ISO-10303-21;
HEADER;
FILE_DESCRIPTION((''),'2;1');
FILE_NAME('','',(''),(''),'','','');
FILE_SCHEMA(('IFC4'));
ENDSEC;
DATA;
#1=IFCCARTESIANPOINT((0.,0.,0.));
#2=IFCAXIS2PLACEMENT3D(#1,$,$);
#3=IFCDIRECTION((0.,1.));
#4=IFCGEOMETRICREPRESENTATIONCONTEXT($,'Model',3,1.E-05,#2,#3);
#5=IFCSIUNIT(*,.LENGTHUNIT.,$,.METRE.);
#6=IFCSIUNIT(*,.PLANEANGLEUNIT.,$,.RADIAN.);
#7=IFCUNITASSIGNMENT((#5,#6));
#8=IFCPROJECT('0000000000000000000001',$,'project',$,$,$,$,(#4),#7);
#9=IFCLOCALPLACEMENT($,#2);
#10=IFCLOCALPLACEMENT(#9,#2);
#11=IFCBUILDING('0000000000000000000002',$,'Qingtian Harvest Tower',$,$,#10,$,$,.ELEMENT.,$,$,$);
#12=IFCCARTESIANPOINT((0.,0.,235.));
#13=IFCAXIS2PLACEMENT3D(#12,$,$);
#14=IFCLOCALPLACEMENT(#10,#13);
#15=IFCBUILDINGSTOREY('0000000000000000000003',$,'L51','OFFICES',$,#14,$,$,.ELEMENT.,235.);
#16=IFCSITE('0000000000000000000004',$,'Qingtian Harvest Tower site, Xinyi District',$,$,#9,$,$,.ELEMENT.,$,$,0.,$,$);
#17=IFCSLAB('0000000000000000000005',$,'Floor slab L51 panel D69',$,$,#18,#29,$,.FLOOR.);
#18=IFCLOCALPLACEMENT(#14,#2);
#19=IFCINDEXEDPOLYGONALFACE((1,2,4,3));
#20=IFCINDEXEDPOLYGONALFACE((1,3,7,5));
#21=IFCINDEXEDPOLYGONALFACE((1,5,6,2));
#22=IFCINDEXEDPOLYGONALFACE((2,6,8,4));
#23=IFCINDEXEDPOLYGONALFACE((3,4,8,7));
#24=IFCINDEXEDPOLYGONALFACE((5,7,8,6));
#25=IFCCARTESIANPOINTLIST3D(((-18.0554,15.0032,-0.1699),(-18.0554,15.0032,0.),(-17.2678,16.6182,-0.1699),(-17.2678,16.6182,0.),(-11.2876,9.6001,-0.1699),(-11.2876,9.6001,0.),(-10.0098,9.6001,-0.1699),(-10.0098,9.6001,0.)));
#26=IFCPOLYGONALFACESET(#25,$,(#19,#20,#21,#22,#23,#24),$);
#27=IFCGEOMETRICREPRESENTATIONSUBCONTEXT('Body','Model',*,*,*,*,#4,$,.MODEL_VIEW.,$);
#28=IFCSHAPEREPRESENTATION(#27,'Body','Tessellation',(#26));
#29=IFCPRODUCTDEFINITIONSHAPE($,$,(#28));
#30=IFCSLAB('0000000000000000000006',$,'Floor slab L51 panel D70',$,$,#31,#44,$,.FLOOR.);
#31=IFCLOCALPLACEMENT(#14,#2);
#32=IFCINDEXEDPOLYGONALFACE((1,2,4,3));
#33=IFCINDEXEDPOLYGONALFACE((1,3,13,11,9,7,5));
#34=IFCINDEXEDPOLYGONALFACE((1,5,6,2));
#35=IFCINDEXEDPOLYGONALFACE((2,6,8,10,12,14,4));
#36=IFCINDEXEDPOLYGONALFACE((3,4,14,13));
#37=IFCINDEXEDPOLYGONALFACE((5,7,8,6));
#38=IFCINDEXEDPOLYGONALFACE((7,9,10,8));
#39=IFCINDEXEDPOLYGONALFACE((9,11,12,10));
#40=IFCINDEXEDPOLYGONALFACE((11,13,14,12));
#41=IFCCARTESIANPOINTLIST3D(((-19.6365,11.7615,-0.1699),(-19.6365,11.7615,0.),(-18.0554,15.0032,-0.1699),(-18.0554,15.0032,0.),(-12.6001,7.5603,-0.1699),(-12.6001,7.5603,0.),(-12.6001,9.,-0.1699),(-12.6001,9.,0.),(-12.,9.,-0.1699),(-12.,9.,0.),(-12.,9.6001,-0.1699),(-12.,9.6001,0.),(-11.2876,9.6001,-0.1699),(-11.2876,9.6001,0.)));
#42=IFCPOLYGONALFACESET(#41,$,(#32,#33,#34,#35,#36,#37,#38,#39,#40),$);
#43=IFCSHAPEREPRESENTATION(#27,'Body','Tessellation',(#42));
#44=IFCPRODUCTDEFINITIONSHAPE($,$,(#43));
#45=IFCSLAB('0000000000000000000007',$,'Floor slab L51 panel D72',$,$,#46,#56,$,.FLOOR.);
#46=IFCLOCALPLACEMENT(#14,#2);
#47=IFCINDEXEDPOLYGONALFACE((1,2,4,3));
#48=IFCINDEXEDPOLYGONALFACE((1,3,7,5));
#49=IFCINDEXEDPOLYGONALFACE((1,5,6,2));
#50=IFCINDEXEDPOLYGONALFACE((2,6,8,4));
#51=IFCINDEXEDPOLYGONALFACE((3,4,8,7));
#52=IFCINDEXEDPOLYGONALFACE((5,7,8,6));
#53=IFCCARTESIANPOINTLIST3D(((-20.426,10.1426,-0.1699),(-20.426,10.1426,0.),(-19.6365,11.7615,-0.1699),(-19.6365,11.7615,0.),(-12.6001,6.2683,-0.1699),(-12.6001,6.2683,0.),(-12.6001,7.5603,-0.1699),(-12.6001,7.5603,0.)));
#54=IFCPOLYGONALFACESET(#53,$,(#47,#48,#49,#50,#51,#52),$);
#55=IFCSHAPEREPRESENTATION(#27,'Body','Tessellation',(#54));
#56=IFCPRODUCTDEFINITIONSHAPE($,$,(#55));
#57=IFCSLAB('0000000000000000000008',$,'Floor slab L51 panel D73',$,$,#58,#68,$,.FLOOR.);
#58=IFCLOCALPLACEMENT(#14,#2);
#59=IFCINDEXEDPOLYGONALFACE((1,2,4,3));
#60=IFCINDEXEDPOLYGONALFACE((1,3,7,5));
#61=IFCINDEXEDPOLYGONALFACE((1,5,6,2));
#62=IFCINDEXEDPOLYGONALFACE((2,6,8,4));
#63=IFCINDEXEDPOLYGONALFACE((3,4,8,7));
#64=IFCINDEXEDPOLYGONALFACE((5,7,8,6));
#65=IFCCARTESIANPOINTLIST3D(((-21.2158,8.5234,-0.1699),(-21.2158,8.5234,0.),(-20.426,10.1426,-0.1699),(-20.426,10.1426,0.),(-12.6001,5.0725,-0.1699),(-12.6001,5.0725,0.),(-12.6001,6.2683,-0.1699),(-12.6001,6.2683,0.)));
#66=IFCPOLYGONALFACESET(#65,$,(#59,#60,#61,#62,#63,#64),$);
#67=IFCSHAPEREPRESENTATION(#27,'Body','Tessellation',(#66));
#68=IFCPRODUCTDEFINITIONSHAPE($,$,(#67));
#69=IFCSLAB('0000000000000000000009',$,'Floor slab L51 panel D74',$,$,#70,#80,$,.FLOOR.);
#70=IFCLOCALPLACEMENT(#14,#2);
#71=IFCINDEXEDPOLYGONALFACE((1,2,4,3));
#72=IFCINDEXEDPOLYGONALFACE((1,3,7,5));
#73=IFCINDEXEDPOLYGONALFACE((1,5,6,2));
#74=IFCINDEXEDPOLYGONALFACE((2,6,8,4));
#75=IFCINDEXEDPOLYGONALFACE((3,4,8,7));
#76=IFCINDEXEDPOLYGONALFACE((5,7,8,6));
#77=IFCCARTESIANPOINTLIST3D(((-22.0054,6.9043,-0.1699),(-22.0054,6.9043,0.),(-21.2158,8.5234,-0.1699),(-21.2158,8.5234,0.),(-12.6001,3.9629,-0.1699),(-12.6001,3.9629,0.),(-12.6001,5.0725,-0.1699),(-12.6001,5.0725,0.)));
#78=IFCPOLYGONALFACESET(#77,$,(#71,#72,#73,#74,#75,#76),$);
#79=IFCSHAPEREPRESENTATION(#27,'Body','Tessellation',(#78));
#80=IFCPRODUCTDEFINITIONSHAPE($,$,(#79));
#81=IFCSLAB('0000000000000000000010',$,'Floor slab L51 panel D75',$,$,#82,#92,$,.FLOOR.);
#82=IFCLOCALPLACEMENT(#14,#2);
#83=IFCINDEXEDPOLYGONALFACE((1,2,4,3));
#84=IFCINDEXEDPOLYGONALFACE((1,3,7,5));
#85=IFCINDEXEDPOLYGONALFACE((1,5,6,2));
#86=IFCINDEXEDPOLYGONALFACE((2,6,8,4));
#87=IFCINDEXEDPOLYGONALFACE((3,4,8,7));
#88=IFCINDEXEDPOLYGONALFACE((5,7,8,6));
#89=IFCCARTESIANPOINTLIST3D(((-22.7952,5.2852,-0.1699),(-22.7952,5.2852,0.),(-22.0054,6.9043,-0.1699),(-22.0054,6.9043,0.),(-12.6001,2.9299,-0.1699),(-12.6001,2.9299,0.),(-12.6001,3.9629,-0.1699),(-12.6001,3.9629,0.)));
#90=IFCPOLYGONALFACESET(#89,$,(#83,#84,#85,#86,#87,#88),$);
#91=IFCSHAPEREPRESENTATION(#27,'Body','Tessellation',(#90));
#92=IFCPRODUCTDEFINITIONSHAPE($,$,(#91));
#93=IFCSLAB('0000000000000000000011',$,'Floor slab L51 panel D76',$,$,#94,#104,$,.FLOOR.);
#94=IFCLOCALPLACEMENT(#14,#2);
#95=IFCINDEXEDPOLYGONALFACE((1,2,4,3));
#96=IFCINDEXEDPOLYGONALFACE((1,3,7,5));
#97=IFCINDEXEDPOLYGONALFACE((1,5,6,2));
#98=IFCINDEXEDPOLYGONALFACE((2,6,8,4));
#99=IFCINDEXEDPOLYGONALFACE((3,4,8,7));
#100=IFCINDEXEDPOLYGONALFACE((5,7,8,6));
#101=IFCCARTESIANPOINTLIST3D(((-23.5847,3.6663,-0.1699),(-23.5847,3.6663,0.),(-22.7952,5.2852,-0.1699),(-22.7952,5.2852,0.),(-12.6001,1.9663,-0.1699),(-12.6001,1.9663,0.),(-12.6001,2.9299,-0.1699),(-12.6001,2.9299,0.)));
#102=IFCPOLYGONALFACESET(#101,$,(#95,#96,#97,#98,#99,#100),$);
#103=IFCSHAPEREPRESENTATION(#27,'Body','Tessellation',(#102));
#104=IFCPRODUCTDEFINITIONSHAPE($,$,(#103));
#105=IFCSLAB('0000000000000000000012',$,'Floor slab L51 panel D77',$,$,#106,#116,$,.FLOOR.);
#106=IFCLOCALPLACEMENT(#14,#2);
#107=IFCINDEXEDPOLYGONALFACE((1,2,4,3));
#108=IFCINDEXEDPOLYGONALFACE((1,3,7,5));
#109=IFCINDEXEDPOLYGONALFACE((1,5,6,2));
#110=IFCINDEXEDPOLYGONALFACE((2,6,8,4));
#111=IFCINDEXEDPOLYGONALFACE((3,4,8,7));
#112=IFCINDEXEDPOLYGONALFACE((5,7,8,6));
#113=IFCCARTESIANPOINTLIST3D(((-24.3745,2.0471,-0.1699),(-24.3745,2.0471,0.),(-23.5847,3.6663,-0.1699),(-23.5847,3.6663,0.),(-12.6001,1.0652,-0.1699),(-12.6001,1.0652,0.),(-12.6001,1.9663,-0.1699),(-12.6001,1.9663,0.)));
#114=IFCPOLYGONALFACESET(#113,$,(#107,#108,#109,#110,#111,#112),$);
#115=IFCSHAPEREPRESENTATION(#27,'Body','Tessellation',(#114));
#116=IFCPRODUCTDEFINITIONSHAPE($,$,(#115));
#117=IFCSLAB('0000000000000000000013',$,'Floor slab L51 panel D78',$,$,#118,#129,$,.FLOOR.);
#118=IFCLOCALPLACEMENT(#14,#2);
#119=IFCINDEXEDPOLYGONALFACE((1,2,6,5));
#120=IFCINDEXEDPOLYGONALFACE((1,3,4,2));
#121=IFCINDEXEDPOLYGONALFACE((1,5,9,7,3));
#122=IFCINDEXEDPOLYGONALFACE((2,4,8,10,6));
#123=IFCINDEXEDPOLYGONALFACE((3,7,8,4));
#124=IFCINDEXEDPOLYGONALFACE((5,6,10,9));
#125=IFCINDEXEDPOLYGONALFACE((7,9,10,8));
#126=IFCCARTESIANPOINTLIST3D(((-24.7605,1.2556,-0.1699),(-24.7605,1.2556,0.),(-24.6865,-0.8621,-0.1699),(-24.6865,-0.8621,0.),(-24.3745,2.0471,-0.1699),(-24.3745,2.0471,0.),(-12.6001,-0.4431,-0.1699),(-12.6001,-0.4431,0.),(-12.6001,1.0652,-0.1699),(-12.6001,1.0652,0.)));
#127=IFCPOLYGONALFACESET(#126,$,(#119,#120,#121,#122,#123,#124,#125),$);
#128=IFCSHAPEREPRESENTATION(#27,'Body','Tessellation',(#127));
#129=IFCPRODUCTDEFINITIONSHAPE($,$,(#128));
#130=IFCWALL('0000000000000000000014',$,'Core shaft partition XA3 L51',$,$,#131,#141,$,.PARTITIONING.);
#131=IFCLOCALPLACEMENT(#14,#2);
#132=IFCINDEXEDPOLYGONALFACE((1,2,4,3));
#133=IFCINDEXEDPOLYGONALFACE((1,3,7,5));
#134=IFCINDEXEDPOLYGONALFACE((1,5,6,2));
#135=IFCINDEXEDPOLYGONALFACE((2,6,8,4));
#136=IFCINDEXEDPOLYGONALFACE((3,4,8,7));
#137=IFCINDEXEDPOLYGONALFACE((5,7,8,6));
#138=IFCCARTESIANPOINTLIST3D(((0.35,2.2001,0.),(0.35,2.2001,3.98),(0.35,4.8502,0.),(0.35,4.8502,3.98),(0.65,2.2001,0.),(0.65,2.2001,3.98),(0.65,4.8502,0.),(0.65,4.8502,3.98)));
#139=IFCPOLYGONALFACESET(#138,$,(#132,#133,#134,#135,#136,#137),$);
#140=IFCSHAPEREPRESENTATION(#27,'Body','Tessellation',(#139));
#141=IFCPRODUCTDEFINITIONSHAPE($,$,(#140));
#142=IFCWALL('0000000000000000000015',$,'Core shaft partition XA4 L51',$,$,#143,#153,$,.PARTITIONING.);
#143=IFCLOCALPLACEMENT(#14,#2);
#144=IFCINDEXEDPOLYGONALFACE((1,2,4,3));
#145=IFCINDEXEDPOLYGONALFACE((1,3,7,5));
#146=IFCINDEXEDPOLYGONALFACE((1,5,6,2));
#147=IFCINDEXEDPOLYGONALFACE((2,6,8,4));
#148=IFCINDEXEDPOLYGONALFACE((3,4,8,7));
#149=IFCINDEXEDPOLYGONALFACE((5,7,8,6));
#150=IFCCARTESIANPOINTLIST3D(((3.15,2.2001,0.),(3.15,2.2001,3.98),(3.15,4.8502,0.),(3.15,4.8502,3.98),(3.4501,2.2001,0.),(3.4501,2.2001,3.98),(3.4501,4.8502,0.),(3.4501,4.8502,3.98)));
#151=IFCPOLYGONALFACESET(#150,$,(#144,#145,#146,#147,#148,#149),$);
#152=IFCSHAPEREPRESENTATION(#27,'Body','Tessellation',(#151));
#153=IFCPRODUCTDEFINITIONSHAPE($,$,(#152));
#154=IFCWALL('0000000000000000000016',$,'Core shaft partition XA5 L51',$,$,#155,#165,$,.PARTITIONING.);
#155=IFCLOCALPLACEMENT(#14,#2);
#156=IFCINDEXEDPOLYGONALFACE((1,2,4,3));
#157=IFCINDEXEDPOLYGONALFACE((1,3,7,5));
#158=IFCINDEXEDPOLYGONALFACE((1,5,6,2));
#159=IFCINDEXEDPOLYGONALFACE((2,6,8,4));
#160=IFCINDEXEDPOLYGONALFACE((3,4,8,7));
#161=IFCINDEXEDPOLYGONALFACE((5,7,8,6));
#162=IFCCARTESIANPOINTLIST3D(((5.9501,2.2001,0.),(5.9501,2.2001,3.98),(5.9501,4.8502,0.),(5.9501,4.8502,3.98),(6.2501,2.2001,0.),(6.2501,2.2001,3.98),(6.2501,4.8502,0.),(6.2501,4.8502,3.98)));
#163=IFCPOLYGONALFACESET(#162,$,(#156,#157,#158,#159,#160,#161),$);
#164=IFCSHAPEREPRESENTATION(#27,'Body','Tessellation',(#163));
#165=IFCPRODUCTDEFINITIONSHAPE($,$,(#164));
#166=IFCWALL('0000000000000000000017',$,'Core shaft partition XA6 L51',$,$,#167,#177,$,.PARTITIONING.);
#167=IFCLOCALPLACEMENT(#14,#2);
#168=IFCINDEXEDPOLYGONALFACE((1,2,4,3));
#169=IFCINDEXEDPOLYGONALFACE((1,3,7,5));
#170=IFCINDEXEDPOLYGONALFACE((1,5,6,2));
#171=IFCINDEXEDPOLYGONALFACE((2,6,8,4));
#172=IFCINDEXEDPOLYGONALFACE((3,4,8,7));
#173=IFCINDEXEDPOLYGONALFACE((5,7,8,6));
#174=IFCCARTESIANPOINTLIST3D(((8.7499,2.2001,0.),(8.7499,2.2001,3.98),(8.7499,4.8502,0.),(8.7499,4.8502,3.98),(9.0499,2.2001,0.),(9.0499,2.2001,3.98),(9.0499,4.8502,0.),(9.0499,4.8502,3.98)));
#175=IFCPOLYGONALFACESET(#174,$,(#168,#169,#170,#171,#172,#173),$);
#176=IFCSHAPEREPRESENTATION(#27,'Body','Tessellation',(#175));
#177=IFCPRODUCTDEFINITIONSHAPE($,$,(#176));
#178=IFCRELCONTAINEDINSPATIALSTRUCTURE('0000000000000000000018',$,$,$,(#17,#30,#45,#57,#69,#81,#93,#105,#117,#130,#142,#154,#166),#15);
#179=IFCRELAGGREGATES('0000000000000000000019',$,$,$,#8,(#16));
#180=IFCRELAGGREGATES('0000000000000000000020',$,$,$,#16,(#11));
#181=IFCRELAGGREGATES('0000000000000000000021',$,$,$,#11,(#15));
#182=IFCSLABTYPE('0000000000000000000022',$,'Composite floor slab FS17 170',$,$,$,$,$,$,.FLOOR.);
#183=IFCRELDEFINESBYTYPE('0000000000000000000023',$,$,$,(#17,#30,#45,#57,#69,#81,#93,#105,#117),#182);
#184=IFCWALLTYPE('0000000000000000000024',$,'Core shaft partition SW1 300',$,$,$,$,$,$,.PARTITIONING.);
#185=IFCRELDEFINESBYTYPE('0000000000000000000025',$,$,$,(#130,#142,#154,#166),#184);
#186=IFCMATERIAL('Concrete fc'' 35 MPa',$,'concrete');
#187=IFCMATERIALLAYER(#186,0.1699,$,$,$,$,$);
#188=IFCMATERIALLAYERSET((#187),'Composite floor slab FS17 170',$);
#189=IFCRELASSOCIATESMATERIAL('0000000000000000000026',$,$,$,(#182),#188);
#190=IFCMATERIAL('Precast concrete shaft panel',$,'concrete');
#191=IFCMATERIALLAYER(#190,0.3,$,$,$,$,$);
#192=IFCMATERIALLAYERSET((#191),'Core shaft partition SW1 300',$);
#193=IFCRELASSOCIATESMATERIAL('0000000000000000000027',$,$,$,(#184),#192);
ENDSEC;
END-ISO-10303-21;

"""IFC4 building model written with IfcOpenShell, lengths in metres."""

from ifc_helpers import new_model, si_unit, direction, frame, frame_2d, origin, place, context, subcontext, project, spatial, polyline, rectangle, outline, extrude, material, layer, layer_set, type_object, element, save


model = new_model("IFC4")

# Units and contexts
model_context = context("Model", 3, precision=1e-05, world=origin(), true_north=direction((0.0, 1.0)))
body_context = subcontext(model_context, "Body", "Model", "MODEL_VIEW")
ifc_project = project(units=[si_unit("LENGTHUNIT", "METRE"), si_unit("PLANEANGLEUNIT", "RADIAN")], contexts=[model_context])

# Site, building, storey
site_placement = place(None, origin())
site = spatial("IfcSite", under=ifc_project, at=site_placement, Name="Qingtian Harvest Tower site, Xinyi District", CompositionType="ELEMENT", RefElevation=0.0)
building_placement = place(site_placement, origin())
building = spatial("IfcBuilding", under=site, at=building_placement, Name="Qingtian Harvest Tower", CompositionType="ELEMENT")
storey_placement = place(building_placement, frame((0.0, 0.0, 235.0)))
storey = spatial("IfcBuildingStorey", under=building, at=storey_placement, Name="L51", Description="OFFICES", CompositionType="ELEMENT", Elevation=235.0)

# Slabs
ifc_material_1 = material(Name="Concrete fc' 35 MPa", Category="concrete")
ifc_layer_1 = layer(ifc_material_1, 0.1699)
ifc_layer_set_1 = layer_set([ifc_layer_1], Name="Composite floor slab FS17 170")
slab_type = type_object("IfcSlabType", Name="Composite floor slab FS17 170", PredefinedType="FLOOR", material=ifc_layer_set_1)
slab_1_placement = place(storey_placement, frame((0.0, 0.0, -0.1699)))
element("IfcSlab", 1, at=slab_1_placement, inside=storey, type_object=slab_type, Name="Floor slab L51 panel D69", PredefinedType="FLOOR", context=body_context, shape_type="SweptSolid", body=[
    extrude(outline(polyline([(-11.2876, 9.6001), (-18.0554, 15.0032), (-17.2678, 16.6182), (-10.0098, 9.6001), (-11.2876, 9.6001)])), origin(), (0.0, 0.0, 1.0), 0.1699),
])
slab_2_placement = place(storey_placement, frame((0.0, 0.0, -0.1699)))
element("IfcSlab", 2, at=slab_2_placement, inside=storey, type_object=slab_type, Name="Floor slab L51 panel D70", PredefinedType="FLOOR", context=body_context, shape_type="SweptSolid", body=[
    extrude(outline(polyline([(-12.0, 9.0), (-12.6001, 9.0), (-12.6001, 7.5603), (-19.6365, 11.7615), (-18.0554, 15.0032), (-11.2876, 9.6001), (-12.0, 9.6001), (-12.0, 9.0)])), origin(), (0.0, 0.0, 1.0), 0.1699),
])
slab_3_placement = place(storey_placement, frame((0.0, 0.0, -0.1699)))
element("IfcSlab", 3, at=slab_3_placement, inside=storey, type_object=slab_type, Name="Floor slab L51 panel D72", PredefinedType="FLOOR", context=body_context, shape_type="SweptSolid", body=[
    extrude(outline(polyline([(-12.6001, 6.2683), (-20.426, 10.1426), (-19.6365, 11.7615), (-12.6001, 7.5603), (-12.6001, 6.2683)])), origin(), (0.0, 0.0, 1.0), 0.1699),
])
slab_4_placement = place(storey_placement, frame((0.0, 0.0, -0.1699)))
element("IfcSlab", 4, at=slab_4_placement, inside=storey, type_object=slab_type, Name="Floor slab L51 panel D73", PredefinedType="FLOOR", context=body_context, shape_type="SweptSolid", body=[
    extrude(outline(polyline([(-12.6001, 5.0725), (-21.2158, 8.5234), (-20.426, 10.1426), (-12.6001, 6.2683), (-12.6001, 5.0725)])), origin(), (0.0, 0.0, 1.0), 0.1699),
])
slab_5_placement = place(storey_placement, frame((0.0, 0.0, -0.1699)))
element("IfcSlab", 5, at=slab_5_placement, inside=storey, type_object=slab_type, Name="Floor slab L51 panel D74", PredefinedType="FLOOR", context=body_context, shape_type="SweptSolid", body=[
    extrude(outline(polyline([(-12.6001, 3.9629), (-22.0054, 6.9043), (-21.2158, 8.5234), (-12.6001, 5.0725), (-12.6001, 3.9629)])), origin(), (0.0, 0.0, 1.0), 0.1699),
])
slab_6_placement = place(storey_placement, frame((0.0, 0.0, -0.1699)))
element("IfcSlab", 6, at=slab_6_placement, inside=storey, type_object=slab_type, Name="Floor slab L51 panel D75", PredefinedType="FLOOR", context=body_context, shape_type="SweptSolid", body=[
    extrude(outline(polyline([(-12.6001, 2.9299), (-22.7952, 5.2852), (-22.0054, 6.9043), (-12.6001, 3.9629), (-12.6001, 2.9299)])), origin(), (0.0, 0.0, 1.0), 0.1699),
])
slab_7_placement = place(storey_placement, frame((0.0, 0.0, -0.1699)))
element("IfcSlab", 7, at=slab_7_placement, inside=storey, type_object=slab_type, Name="Floor slab L51 panel D76", PredefinedType="FLOOR", context=body_context, shape_type="SweptSolid", body=[
    extrude(outline(polyline([(-12.6001, 1.9663), (-23.5847, 3.6663), (-22.7952, 5.2852), (-12.6001, 2.9299), (-12.6001, 1.9663)])), origin(), (0.0, 0.0, 1.0), 0.1699),
])
slab_8_placement = place(storey_placement, frame((0.0, 0.0, -0.1699)))
element("IfcSlab", 8, at=slab_8_placement, inside=storey, type_object=slab_type, Name="Floor slab L51 panel D77", PredefinedType="FLOOR", context=body_context, shape_type="SweptSolid", body=[
    extrude(outline(polyline([(-12.6001, 1.0652), (-24.3745, 2.0471), (-23.5847, 3.6663), (-12.6001, 1.9663), (-12.6001, 1.0652)])), origin(), (0.0, 0.0, 1.0), 0.1699),
])
slab_9_placement = place(storey_placement, frame((0.0, 0.0, -0.1699)))
element("IfcSlab", 9, at=slab_9_placement, inside=storey, type_object=slab_type, Name="Floor slab L51 panel D78", PredefinedType="FLOOR", context=body_context, shape_type="SweptSolid", body=[
    extrude(outline(polyline([(-12.6001, 1.0652), (-12.6001, -0.4431), (-24.6865, -0.8621), (-24.7605, 1.2556), (-24.3745, 2.0471), (-12.6001, 1.0652)])), origin(), (0.0, 0.0, 1.0), 0.1699),
])

# Shared definitions
ifc_material_2 = material(Name="Precast concrete shaft panel", Category="concrete")
ifc_layer_2 = layer(ifc_material_2, 0.3)
ifc_layer_set_2 = layer_set([ifc_layer_2], Name="Core shaft partition SW1 300")
wall_type_1 = type_object("IfcWallType", Name="Core shaft partition SW1 300", PredefinedType="PARTITIONING", material=ifc_layer_set_2)

# Walls
for number, where, z_axis, x_axis, name in (
    (10, (0.5, 2.2, 0.0), (0.0, 0.0, 1.0), (0.0, 1.0, 0.0), "Core shaft partition XA3 L51"),
    (11, (3.3, 2.2, 0.0), (0.0, 0.0, 1.0), (0.0, 1.0, 0.0), "Core shaft partition XA4 L51"),
    (12, (6.1001, 2.2, 0.0), (0.0, 0.0, 1.0), (0.0, 1.0, 0.0), "Core shaft partition XA5 L51"),
    (13, (8.8999, 2.2, 0.0), (0.0, 0.0, 1.0), (0.0, 1.0, 0.0), "Core shaft partition XA6 L51"),
):
    element("IfcWall", number, at=place(storey_placement, frame(where, z_axis=z_axis, x_axis=x_axis)), inside=storey, type_object=wall_type_1, Name=name, PredefinedType="PARTITIONING", context=body_context, shape_type="SweptSolid", body=[
        extrude(rectangle(XDim=2.6501, YDim=0.3, at=frame_2d((1.3252, 0.0))), origin(), (0.0, 0.0, 1.0), 3.98),
    ])

save(model, "model.ifc")
